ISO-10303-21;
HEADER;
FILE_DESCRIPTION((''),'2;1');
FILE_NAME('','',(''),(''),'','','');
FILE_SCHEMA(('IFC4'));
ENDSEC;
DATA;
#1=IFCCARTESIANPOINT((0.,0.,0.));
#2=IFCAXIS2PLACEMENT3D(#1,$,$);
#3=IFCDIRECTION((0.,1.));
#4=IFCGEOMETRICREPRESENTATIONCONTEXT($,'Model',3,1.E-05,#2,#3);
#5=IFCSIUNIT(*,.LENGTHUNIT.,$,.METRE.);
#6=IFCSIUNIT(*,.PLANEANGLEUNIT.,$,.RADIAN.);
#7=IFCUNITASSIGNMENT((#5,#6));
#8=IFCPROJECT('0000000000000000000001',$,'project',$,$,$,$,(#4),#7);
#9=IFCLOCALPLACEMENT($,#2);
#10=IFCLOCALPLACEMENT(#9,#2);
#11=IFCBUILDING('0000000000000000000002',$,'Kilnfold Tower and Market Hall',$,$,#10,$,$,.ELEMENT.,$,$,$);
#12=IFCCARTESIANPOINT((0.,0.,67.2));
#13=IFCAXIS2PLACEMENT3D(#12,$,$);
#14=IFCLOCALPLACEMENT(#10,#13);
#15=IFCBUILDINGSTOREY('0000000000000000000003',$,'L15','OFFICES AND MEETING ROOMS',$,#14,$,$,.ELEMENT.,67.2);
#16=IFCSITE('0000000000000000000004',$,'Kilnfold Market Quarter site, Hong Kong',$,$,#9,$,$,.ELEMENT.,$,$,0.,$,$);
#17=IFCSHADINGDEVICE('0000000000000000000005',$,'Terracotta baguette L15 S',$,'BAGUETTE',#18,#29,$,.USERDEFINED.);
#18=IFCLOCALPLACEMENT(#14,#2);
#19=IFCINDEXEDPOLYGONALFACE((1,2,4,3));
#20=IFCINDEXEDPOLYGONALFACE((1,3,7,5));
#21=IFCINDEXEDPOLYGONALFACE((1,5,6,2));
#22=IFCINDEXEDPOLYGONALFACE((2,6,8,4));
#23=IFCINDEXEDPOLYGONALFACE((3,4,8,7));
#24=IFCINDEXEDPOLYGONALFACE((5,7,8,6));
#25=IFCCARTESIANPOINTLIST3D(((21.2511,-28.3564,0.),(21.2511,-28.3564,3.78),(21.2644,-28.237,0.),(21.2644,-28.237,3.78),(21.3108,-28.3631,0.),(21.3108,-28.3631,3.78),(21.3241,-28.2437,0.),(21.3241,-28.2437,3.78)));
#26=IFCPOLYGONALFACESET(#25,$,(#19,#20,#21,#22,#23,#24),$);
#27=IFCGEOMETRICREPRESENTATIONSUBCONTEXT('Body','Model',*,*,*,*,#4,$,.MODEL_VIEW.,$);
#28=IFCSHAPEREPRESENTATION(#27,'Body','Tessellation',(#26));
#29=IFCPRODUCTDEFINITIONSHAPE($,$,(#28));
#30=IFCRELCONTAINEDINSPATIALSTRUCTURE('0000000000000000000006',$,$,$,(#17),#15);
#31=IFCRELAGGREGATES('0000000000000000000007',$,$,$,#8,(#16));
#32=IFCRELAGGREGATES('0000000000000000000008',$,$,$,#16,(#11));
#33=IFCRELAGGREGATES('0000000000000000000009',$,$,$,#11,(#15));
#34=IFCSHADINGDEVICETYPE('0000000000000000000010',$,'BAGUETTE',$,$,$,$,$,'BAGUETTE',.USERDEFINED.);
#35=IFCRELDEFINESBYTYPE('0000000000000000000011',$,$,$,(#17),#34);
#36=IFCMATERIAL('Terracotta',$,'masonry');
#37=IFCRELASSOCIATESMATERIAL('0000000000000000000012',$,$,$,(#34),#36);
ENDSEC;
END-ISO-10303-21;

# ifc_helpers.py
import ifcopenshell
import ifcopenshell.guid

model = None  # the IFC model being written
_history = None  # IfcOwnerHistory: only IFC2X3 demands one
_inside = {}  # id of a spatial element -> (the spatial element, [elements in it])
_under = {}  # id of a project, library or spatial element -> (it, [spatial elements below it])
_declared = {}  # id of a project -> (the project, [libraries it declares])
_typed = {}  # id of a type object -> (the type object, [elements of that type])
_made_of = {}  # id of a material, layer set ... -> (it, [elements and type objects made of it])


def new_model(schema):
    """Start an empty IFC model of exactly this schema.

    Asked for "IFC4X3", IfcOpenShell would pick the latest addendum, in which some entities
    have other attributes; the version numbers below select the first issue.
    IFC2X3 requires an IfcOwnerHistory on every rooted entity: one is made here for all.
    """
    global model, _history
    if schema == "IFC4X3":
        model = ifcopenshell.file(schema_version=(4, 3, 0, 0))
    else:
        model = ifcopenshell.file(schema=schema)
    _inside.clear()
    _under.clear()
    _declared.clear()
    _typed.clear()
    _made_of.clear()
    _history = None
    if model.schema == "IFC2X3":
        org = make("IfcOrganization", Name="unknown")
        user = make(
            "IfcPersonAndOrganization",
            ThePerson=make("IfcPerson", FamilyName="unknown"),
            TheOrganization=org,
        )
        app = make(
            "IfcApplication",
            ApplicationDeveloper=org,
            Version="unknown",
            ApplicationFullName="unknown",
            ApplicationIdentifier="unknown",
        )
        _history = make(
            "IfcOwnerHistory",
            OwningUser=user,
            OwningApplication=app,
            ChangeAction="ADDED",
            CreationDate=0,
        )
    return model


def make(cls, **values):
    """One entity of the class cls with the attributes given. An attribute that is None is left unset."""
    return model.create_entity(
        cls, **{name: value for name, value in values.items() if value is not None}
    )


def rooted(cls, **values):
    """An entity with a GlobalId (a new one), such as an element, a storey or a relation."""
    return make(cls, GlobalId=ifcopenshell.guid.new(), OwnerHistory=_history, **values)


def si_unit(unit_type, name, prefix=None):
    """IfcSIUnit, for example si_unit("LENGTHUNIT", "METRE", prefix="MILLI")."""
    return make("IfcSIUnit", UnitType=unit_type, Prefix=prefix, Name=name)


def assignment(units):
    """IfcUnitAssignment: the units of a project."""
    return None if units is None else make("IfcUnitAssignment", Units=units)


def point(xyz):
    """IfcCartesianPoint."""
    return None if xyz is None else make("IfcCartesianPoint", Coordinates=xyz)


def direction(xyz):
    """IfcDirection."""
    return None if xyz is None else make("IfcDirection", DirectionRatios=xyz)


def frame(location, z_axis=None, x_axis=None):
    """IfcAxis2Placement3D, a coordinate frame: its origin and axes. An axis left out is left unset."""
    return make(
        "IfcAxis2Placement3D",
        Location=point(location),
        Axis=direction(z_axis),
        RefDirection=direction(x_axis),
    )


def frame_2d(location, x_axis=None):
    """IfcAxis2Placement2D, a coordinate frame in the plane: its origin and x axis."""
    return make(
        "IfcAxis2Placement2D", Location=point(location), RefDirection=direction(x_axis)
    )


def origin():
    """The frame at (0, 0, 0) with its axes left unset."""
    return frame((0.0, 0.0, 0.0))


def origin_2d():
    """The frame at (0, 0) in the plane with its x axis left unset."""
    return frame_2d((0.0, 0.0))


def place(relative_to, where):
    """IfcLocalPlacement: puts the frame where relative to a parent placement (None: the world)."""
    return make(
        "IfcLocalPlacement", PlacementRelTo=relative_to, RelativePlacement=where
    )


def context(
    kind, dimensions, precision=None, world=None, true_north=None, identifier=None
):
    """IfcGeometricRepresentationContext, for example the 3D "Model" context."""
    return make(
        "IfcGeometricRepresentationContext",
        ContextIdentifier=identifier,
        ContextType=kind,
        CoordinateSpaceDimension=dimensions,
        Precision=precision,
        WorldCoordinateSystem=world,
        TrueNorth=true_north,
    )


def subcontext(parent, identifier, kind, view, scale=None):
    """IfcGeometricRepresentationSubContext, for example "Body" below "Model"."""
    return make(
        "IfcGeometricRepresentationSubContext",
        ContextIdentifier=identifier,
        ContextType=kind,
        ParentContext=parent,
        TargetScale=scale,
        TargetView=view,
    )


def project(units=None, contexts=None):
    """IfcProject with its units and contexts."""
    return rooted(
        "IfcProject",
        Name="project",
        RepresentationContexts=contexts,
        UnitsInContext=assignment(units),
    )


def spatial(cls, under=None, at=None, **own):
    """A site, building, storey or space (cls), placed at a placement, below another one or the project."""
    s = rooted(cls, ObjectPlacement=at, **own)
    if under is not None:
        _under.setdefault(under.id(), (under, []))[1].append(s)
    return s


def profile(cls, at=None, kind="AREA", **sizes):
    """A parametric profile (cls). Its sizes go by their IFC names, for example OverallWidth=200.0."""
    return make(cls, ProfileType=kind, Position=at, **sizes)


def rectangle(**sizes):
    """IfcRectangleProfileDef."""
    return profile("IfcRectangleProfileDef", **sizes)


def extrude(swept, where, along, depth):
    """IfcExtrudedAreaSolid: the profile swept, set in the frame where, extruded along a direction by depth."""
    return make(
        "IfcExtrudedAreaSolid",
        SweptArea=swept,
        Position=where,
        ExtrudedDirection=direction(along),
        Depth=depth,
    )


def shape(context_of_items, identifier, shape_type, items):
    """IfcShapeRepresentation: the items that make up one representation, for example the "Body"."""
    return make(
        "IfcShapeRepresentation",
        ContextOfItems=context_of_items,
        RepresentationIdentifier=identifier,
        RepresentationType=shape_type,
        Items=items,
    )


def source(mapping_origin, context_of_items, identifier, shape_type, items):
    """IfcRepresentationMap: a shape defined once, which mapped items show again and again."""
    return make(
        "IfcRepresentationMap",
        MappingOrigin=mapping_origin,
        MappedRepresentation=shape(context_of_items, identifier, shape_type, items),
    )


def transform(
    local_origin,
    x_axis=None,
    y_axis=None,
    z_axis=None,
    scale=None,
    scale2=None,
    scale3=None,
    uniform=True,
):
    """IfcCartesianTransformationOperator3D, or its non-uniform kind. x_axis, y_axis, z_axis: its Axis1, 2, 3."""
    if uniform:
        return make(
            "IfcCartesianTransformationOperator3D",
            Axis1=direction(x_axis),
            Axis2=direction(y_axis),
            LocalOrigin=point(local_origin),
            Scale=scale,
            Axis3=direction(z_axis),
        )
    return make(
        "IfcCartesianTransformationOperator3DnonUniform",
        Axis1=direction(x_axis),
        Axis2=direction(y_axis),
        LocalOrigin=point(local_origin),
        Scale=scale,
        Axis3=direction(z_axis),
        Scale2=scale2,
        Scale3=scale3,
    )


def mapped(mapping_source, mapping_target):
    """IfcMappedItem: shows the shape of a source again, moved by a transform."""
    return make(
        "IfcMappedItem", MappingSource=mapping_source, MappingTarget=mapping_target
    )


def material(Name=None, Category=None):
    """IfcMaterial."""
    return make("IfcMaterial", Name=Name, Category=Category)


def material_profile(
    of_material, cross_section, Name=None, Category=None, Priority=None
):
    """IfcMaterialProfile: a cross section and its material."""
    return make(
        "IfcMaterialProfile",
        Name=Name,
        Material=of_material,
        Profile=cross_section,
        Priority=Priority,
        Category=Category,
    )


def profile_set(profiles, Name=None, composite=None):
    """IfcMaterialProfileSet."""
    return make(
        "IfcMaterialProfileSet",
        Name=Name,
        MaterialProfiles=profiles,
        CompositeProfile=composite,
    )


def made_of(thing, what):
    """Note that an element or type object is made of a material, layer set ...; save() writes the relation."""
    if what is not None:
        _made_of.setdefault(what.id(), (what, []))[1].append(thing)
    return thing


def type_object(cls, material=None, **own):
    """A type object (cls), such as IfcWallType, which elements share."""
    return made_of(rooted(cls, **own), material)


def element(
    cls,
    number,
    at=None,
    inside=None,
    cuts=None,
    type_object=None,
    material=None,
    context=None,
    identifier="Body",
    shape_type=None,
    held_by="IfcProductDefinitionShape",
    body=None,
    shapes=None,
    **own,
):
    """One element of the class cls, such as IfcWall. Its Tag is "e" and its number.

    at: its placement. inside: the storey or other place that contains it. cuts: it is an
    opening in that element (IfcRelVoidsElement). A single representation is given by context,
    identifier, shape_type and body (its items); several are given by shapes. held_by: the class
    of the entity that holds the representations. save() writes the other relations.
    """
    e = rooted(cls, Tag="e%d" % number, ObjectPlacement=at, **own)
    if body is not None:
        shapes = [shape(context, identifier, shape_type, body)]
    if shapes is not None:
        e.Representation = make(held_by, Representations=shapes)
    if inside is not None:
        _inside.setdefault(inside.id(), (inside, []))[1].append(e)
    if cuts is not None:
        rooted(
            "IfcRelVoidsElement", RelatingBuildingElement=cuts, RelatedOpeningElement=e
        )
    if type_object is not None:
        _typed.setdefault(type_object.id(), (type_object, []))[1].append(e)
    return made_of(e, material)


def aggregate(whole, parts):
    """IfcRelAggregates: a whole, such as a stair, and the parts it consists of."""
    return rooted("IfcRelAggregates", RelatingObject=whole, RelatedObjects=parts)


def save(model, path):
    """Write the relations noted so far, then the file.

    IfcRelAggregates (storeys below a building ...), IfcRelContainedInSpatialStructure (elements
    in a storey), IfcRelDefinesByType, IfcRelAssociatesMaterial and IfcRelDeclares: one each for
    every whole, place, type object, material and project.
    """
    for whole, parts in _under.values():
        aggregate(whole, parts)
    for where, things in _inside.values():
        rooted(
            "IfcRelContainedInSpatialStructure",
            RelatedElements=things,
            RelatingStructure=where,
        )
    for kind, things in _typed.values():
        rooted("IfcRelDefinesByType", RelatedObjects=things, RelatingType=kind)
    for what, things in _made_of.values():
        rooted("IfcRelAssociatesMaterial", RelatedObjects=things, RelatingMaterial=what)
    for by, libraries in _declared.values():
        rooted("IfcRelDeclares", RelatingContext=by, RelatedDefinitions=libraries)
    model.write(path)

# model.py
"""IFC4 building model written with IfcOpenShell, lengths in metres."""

from ifc_helpers import new_model, si_unit, direction, frame, origin, origin_2d, place, context, subcontext, project, spatial, rectangle, extrude, source, transform, mapped, material, material_profile, profile_set, type_object, element, save


model = new_model("IFC4")

# Units and contexts
model_context = context("Model", 3, precision=1e-05, world=origin(), true_north=direction((0.0, 1.0)))
body_context = subcontext(model_context, "Body", "Model", "MODEL_VIEW")
ifc_project = project(units=[si_unit("LENGTHUNIT", "METRE"), si_unit("PLANEANGLEUNIT", "RADIAN")], contexts=[model_context])

# Site, building, storey
site_placement = place(None, origin())
site = spatial("IfcSite", under=ifc_project, at=site_placement, Name="Kilnfold Market Quarter site, Hong Kong", CompositionType="ELEMENT", RefElevation=0.0)
building_placement = place(site_placement, origin())
building = spatial("IfcBuilding", under=site, at=building_placement, Name="Kilnfold Tower and Market Hall", CompositionType="ELEMENT")
storey_placement = place(building_placement, frame((0.0, 0.0, 67.2)))
storey = spatial("IfcBuildingStorey", under=building, at=storey_placement, Name="L15", Description="OFFICES AND MEETING ROOMS", CompositionType="ELEMENT", Elevation=67.2)

# Shading device
ifc_material_1 = material(Name="Terracotta", Category="masonry")
ifc_material_profile_1 = material_profile(ifc_material_1, rectangle(XDim=0.0601, YDim=0.1201, at=origin_2d()), Name="BAG 60x120")
ifc_profile_set_1 = profile_set([ifc_material_profile_1], Name="Terracotta")
shading_device_type = type_object("IfcShadingDeviceType", Name="BAGUETTE", ElementType="BAGUETTE", PredefinedType="USERDEFINED", material=ifc_profile_set_1)
shared_shape_1 = source(origin(), body_context, "Body", "SweptSolid", [
    extrude(rectangle(XDim=0.0601, YDim=0.1201, at=origin_2d()), origin(), (0.0, 0.0, 1.0), 3.78),
])
for number, where, z_axis, x_axis, name in (
    (1, (21.2876, -28.3, 0.0), (0.0, 0.0, 1.0), (0.993884, -0.110426, 0.0), "Terracotta baguette L15 S"),
):
    element("IfcShadingDevice", number, at=place(storey_placement, frame(where, z_axis=z_axis, x_axis=x_axis)), inside=storey, type_object=shading_device_type, Name=name, ObjectType="BAGUETTE", PredefinedType="USERDEFINED", context=body_context, shape_type="MappedRepresentation", body=[
        mapped(shared_shape_1, transform((0.0, 0.0, 0.0))),
    ])

save(model, "model.ifc")
